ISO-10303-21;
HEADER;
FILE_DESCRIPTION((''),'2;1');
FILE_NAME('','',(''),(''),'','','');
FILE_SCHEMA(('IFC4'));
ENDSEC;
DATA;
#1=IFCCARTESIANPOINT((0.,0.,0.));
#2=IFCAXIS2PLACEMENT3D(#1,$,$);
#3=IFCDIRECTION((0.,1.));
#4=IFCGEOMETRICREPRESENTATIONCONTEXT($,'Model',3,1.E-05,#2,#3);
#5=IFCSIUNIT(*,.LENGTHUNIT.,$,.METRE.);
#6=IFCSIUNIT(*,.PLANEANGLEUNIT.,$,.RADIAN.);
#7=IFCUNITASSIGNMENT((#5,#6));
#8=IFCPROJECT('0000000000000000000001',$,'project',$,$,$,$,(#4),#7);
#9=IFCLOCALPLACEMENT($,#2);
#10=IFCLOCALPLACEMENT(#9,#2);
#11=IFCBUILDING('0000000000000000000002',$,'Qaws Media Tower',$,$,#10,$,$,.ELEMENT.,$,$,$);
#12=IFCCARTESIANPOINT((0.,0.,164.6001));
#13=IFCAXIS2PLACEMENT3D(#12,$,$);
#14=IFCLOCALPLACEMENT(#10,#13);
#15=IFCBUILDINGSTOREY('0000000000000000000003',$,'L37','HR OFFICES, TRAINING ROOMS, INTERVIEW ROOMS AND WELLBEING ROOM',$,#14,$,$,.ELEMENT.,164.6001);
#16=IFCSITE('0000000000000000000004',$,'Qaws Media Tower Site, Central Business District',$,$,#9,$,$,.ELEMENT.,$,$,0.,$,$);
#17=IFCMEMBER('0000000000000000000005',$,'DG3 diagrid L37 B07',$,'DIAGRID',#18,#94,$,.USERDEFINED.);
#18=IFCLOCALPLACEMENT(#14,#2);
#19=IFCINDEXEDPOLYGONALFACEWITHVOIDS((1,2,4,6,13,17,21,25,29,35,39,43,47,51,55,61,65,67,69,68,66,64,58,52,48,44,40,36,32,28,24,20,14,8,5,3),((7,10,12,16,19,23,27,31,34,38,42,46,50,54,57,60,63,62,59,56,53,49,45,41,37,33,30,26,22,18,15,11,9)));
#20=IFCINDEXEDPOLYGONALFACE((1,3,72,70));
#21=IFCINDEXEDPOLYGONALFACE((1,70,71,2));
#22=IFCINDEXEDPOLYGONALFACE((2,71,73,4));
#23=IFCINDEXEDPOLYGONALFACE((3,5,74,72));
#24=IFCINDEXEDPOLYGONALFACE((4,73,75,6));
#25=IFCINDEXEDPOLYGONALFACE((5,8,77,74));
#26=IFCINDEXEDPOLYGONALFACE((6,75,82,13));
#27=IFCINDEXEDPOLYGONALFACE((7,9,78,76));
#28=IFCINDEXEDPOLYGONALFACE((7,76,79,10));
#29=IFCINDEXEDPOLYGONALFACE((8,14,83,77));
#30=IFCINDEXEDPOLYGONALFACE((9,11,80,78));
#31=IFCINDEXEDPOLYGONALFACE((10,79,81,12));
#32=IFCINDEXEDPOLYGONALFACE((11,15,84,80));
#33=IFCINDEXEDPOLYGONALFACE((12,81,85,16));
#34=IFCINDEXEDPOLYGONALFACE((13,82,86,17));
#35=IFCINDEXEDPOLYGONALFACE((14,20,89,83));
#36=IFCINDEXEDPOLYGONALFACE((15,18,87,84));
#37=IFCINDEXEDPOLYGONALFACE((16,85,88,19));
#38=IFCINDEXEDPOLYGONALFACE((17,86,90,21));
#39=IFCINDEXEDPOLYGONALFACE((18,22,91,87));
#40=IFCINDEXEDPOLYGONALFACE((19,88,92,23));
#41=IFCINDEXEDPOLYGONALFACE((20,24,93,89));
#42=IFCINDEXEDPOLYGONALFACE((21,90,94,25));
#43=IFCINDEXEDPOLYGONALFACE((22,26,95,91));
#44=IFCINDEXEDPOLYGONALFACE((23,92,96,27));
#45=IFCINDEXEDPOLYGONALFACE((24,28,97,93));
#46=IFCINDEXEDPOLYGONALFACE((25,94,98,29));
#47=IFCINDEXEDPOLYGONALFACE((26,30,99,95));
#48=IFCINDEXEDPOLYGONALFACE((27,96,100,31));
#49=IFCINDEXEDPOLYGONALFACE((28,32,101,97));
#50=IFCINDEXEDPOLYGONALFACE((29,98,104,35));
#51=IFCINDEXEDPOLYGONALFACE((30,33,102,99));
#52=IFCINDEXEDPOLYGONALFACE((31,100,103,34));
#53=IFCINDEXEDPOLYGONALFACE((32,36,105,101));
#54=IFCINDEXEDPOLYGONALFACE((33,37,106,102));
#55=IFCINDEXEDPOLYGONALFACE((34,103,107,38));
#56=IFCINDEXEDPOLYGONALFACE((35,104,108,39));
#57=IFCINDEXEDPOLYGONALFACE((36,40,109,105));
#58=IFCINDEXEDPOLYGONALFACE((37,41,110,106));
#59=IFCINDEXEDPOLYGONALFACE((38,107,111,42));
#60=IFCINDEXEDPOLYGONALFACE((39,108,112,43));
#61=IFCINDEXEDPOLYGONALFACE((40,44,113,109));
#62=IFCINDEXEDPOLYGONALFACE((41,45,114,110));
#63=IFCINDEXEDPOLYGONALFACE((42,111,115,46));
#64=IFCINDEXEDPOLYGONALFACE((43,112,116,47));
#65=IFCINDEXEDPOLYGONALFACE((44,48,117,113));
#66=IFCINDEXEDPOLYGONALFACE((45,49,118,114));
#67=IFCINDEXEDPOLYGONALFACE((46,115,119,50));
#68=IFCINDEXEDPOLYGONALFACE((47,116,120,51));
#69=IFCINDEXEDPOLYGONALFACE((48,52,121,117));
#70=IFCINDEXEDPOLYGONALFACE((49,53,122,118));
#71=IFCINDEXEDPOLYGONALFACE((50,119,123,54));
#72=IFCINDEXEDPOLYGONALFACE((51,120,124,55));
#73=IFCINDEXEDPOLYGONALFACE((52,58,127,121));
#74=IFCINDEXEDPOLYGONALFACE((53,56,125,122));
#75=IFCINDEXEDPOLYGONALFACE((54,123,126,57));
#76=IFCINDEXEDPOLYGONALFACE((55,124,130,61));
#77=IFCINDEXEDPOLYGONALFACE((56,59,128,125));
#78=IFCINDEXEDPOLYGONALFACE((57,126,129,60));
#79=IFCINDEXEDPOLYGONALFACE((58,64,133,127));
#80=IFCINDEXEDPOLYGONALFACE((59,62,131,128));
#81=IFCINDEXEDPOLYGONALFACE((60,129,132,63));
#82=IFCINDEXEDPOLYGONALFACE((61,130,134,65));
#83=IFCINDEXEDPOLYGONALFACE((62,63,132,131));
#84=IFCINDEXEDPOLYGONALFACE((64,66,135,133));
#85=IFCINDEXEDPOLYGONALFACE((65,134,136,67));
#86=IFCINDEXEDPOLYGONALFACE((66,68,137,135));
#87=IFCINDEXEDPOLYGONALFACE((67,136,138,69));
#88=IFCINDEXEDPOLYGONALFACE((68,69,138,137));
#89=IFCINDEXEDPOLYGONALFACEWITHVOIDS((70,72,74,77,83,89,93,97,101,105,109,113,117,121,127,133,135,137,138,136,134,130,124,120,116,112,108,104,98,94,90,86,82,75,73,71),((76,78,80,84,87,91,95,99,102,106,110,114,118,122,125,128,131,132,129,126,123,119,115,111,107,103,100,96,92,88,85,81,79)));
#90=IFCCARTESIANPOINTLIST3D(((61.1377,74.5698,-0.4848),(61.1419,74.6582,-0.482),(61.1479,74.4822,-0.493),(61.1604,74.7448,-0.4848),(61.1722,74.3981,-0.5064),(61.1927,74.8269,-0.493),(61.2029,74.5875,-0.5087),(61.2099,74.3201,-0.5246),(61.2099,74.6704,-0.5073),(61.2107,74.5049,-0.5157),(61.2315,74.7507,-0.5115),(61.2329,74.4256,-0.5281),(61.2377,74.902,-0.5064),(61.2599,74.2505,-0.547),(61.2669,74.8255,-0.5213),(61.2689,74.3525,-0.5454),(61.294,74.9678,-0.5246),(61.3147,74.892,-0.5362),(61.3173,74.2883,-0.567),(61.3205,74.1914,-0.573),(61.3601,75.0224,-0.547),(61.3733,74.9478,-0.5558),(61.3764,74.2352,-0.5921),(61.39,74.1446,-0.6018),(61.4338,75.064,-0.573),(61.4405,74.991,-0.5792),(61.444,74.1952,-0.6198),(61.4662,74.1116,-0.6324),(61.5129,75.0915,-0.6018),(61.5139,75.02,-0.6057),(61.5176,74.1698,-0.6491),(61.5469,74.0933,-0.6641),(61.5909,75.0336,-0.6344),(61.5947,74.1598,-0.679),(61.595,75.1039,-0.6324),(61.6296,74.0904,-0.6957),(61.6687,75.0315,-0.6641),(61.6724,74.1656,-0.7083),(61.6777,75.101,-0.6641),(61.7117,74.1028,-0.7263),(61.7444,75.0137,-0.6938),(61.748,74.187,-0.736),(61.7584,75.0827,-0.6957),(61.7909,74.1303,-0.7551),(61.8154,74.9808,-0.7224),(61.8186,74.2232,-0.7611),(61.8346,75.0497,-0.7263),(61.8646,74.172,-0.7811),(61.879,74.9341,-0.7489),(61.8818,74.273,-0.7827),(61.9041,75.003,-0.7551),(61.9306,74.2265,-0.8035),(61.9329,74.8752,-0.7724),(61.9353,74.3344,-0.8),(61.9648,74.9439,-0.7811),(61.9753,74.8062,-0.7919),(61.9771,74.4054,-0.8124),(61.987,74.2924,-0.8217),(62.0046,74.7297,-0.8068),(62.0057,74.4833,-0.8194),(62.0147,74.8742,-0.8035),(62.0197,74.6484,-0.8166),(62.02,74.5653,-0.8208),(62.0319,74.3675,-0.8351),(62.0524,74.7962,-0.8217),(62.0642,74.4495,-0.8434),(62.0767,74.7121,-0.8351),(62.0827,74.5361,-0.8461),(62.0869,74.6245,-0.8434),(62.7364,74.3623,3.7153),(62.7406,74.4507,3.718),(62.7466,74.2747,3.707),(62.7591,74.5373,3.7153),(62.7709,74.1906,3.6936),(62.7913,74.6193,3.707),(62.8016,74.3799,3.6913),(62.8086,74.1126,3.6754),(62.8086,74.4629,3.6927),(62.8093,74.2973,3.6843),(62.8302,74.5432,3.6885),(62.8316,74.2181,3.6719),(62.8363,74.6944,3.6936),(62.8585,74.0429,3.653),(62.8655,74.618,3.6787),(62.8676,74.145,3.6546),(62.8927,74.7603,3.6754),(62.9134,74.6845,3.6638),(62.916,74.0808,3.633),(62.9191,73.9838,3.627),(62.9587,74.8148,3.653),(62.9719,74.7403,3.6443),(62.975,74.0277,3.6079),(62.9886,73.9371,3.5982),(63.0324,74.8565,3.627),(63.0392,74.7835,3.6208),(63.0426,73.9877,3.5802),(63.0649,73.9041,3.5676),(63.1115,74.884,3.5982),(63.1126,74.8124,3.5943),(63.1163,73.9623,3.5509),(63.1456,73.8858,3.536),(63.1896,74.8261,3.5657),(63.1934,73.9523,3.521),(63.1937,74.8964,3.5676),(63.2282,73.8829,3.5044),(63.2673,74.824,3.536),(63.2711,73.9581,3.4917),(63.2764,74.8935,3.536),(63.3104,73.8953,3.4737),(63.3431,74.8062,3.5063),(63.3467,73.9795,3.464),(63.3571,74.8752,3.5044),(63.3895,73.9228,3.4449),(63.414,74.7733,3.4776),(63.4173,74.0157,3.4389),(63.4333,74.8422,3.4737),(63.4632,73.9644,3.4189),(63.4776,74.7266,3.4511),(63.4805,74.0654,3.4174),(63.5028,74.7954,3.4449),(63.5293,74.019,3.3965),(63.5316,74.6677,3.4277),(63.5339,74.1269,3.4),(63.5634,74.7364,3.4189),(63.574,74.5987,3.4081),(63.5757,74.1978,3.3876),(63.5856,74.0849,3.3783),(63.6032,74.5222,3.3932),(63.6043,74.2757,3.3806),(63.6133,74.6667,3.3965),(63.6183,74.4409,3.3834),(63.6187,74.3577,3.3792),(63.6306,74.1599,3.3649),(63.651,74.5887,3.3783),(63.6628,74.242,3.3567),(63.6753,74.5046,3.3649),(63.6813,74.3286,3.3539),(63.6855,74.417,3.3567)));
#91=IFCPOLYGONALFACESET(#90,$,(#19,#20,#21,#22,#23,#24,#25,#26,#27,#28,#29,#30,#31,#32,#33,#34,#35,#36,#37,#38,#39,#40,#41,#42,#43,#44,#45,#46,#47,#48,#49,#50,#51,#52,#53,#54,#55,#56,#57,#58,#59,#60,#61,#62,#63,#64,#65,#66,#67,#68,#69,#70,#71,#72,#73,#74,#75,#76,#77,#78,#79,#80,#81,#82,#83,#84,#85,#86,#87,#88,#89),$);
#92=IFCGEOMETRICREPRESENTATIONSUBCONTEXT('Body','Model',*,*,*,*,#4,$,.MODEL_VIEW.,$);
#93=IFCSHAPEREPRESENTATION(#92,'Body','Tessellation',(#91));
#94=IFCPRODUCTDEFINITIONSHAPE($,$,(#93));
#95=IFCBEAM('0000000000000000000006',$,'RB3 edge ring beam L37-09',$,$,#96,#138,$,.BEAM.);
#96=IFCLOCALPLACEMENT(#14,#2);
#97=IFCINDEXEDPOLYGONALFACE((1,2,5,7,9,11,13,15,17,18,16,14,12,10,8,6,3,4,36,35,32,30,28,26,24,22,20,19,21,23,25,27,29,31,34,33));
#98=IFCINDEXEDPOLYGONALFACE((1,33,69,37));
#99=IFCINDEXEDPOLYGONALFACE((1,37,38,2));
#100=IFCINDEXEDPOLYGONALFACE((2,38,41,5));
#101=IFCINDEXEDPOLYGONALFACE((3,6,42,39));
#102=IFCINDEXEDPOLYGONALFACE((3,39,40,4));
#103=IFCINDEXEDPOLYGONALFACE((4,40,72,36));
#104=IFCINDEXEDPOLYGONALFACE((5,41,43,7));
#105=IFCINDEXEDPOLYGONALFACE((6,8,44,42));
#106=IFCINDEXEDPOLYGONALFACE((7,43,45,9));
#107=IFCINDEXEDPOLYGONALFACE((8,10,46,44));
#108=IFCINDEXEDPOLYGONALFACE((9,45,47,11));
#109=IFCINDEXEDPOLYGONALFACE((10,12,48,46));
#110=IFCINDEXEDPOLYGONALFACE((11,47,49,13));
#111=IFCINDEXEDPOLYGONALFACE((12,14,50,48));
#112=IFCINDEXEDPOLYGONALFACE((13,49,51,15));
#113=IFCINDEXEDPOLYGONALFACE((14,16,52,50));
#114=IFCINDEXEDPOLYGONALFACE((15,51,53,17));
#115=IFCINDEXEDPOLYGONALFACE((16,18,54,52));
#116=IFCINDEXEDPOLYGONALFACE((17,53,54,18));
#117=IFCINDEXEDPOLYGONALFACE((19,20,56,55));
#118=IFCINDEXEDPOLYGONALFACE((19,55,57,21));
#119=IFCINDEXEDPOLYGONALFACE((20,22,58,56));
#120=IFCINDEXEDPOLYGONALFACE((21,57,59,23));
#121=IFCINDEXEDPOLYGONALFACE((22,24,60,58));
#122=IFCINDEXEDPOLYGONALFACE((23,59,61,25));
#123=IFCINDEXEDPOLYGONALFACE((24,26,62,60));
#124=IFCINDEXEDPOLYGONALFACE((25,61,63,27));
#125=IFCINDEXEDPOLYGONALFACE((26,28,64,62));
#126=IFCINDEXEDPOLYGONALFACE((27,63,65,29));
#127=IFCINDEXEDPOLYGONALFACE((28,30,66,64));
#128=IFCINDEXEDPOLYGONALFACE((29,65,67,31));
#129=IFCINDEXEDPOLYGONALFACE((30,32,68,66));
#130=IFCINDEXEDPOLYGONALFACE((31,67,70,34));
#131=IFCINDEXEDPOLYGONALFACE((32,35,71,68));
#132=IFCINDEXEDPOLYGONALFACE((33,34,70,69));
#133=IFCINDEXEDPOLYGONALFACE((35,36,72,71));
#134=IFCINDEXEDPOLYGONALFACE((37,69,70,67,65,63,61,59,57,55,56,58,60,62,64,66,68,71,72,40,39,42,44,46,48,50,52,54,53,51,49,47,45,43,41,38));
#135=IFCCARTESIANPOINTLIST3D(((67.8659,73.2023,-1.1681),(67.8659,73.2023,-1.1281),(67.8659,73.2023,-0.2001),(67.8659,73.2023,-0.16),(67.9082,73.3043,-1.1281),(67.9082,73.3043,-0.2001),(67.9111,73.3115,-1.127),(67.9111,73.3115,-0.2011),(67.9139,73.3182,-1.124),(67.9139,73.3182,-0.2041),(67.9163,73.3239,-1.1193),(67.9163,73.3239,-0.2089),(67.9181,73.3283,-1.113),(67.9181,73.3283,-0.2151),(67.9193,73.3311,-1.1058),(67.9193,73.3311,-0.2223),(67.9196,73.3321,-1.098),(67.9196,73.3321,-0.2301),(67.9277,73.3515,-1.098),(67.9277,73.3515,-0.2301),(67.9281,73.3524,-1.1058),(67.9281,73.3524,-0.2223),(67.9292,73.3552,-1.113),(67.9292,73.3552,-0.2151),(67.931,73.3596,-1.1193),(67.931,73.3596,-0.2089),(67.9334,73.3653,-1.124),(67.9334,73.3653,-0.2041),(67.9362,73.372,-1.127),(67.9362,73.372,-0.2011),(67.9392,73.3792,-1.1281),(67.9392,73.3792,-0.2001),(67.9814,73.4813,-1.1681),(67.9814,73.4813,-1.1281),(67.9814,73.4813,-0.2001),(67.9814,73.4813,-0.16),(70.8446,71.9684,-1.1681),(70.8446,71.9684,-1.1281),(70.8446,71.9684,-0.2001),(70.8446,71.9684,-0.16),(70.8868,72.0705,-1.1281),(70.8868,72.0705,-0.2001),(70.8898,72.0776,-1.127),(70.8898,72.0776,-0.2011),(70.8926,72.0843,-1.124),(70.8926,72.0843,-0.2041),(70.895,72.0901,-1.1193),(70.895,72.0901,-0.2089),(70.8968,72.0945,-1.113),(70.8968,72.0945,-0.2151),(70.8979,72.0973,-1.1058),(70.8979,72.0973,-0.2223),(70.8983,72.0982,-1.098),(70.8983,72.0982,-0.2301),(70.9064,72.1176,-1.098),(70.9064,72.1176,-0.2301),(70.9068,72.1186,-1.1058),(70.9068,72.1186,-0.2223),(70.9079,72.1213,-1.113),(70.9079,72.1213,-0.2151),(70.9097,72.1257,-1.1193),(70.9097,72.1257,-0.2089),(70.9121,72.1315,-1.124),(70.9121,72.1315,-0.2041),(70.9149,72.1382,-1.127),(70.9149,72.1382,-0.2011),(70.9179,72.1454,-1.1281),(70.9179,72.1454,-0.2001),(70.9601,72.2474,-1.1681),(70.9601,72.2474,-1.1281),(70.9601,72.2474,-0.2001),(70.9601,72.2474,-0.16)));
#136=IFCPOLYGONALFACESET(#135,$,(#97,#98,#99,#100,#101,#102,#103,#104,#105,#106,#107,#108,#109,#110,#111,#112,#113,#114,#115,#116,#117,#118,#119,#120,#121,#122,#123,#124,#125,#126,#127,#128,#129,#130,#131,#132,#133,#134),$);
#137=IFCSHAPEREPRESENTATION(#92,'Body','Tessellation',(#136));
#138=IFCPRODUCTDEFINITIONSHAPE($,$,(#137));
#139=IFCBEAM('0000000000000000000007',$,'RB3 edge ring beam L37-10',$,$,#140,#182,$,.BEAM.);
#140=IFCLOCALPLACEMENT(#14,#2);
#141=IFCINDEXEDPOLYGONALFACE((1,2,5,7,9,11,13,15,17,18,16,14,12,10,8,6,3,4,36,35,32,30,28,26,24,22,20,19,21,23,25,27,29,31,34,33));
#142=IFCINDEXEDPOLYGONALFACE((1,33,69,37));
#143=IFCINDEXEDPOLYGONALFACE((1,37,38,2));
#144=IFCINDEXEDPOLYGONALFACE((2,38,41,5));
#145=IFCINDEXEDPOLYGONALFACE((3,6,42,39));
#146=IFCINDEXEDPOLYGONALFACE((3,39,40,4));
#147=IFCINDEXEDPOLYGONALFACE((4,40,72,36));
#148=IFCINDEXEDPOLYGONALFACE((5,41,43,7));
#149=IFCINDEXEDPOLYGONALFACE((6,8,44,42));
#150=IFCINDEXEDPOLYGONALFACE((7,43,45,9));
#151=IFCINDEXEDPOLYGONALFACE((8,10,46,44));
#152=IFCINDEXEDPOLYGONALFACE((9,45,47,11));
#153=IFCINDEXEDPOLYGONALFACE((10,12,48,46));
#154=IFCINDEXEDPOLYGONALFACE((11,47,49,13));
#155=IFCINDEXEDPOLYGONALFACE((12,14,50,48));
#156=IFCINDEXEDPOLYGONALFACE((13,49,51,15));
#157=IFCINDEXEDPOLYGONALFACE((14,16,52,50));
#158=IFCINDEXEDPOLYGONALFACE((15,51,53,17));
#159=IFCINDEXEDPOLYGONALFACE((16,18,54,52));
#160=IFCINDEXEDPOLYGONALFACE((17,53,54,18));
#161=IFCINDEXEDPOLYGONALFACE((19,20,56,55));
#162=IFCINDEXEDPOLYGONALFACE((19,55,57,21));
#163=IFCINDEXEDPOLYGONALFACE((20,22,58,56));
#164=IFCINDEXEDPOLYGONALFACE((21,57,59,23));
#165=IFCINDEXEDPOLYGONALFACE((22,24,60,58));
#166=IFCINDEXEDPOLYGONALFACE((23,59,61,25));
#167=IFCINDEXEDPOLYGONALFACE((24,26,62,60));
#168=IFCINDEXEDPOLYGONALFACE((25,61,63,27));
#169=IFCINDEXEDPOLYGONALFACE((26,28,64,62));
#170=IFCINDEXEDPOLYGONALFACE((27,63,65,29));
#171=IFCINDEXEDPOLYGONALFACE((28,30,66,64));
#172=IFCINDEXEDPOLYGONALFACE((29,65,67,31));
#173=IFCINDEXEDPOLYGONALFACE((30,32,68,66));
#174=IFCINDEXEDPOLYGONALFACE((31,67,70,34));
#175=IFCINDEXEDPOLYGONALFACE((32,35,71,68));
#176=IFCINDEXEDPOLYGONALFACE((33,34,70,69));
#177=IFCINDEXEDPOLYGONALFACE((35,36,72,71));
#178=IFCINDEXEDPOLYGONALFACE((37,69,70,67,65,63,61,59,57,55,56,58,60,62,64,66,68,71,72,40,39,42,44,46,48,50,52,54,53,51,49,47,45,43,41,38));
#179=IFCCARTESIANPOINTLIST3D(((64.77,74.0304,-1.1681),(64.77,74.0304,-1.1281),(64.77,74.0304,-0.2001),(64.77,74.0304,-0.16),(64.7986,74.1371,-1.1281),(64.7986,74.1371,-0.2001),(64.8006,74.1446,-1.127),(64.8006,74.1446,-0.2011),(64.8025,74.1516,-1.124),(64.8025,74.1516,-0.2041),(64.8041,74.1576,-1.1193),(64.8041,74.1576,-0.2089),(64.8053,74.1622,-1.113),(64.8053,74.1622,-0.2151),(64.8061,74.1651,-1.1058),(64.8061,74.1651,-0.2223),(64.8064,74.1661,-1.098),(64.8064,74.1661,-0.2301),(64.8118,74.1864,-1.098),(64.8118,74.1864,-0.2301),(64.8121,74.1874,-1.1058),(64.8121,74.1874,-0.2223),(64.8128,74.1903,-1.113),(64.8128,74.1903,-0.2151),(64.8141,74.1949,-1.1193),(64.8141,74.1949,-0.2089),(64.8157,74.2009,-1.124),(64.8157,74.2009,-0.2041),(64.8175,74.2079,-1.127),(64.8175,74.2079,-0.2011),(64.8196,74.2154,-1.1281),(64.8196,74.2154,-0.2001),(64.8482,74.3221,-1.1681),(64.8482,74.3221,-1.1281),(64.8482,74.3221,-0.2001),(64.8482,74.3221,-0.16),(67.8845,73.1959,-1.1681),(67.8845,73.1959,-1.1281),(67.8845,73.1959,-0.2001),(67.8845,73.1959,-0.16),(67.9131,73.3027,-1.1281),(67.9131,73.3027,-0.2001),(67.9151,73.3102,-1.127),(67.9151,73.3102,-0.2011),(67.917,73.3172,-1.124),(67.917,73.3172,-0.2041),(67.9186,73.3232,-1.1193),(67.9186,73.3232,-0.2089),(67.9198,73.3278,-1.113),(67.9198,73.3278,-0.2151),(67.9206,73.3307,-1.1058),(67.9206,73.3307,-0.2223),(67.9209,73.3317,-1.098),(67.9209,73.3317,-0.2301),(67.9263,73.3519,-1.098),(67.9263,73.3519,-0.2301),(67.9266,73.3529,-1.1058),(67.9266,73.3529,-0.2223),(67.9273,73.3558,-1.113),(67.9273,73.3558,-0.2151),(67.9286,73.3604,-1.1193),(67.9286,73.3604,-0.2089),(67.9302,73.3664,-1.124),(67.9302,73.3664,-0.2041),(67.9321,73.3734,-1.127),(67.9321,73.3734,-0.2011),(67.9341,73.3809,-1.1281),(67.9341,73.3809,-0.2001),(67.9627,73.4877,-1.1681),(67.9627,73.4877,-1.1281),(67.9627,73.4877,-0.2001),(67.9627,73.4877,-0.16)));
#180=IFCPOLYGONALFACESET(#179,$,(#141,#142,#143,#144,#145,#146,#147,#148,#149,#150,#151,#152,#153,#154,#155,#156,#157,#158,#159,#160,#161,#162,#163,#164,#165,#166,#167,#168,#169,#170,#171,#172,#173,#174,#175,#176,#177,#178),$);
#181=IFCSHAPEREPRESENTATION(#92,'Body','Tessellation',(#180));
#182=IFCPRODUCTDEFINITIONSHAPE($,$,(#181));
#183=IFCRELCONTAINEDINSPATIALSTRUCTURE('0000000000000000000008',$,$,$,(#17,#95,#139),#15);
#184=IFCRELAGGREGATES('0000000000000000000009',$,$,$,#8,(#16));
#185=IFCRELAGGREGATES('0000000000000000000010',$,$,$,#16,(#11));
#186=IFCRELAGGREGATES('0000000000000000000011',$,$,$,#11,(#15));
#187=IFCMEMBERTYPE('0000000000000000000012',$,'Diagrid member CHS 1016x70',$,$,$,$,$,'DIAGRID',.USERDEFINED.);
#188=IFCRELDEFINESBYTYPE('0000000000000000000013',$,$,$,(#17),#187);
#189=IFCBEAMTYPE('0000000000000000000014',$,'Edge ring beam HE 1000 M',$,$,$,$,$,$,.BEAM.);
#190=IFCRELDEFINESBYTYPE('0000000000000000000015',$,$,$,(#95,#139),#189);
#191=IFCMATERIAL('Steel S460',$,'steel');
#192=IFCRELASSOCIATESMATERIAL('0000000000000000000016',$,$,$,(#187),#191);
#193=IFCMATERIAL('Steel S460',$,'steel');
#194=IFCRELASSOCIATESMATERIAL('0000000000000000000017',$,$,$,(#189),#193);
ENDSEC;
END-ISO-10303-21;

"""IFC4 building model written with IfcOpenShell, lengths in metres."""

from ifc_helpers import new_model, si_unit, direction, frame, origin, origin_2d, place, context, subcontext, project, spatial, hollow_circle, i_section, extrude, material, material_profile, profile_set, type_object, element, save


model = new_model("IFC4")

# Units and contexts
model_context = context("Model", 3, precision=1e-05, world=origin(), true_north=direction((0.0, 1.0)))
body_context = subcontext(model_context, "Body", "Model", "MODEL_VIEW")
ifc_project = project(units=[si_unit("LENGTHUNIT", "METRE"), si_unit("PLANEANGLEUNIT", "RADIAN")], contexts=[model_context])

# Site, building, storey
site_placement = place(None, origin())
site = spatial("IfcSite", under=ifc_project, at=site_placement, Name="Qaws Media Tower Site, Central Business District", CompositionType="ELEMENT", RefElevation=0.0)
building_placement = place(site_placement, origin())
building = spatial("IfcBuilding", under=site, at=building_placement, Name="Qaws Media Tower", CompositionType="ELEMENT")
storey_placement = place(building_placement, frame((0.0, 0.0, 164.6001)))
storey = spatial("IfcBuildingStorey", under=building, at=storey_placement, Name="L37", Description="HR OFFICES, TRAINING ROOMS, INTERVIEW ROOMS AND WELLBEING ROOM", CompositionType="ELEMENT", Elevation=164.6001)

# Member
ifc_material_1 = material(Name="Steel S460", Category="steel")
ifc_material_profile_1 = material_profile(ifc_material_1, hollow_circle(Radius=0.5081, WallThickness=0.0701, at=origin_2d()), Name="CHS 1016x70")
ifc_profile_set_1 = profile_set([ifc_material_profile_1], Name="Steel S460")
member_type_1 = type_object("IfcMemberType", Name="Diagrid member CHS 1016x70", ElementType="DIAGRID", PredefinedType="USERDEFINED", material=ifc_profile_set_1)
for number, where, z_axis, x_axis, name in (
    (1, (61.6123, 74.5972, -0.6641), (0.355355, -0.046129, 0.933593), (0.128731, 0.99168, 0.0), "DG3 diagrid L37 B07"),
):
    element("IfcMember", number, at=place(storey_placement, frame(where, z_axis=z_axis, x_axis=x_axis)), inside=storey, type_object=member_type_1, Name=name, ObjectType="DIAGRID", PredefinedType="USERDEFINED", context=body_context, shape_type="SweptSolid", body=[
        extrude(hollow_circle(Radius=0.5081, WallThickness=0.0701, at=origin_2d()), origin(), (0.0, 0.0, 1.0), 4.4988),
    ])

# Beams
ifc_material_2 = material(Name="Steel S460", Category="steel")
ifc_material_profile_2 = material_profile(ifc_material_2, i_section(OverallWidth=0.302, OverallDepth=1.0081, WebThickness=0.021, FlangeThickness=0.04, FilletRadius=0.03, at=origin_2d()), Name="HE 1000 M")
ifc_profile_set_2 = profile_set([ifc_material_profile_2], Name="Steel S460")
beam_type = type_object("IfcBeamType", Name="Edge ring beam HE 1000 M", PredefinedType="BEAM", material=ifc_profile_set_2)
beam_1_placement = place(storey_placement, frame((70.9023, 72.1079, -0.6641), z_axis=(-0.923875, 0.382695, 0.0), x_axis=(-0.382695, -0.923875, 0.0)))
element("IfcBeam", 2, at=beam_1_placement, inside=storey, type_object=beam_type, Name="RB3 edge ring beam L37-09", PredefinedType="BEAM", context=body_context, shape_type="SweptSolid", body=[
    extrude(i_section(OverallWidth=0.302, OverallDepth=1.0081, WebThickness=0.021, FlangeThickness=0.04, FilletRadius=0.03, at=origin_2d()), origin(), (0.0, 0.0, 1.0), 3.2241),
])
for number, where, z_axis, x_axis, name in (
    (3, (67.9236, 73.3418, -0.6641), (-0.96593, 0.258803, 0.0), (-0.258803, -0.96593, 0.0), "RB3 edge ring beam L37-10"),
):
    element("IfcBeam", number, at=place(storey_placement, frame(where, z_axis=z_axis, x_axis=x_axis)), inside=storey, type_object=beam_type, Name=name, PredefinedType="BEAM", context=body_context, shape_type="SweptSolid", body=[
        extrude(i_section(OverallWidth=0.302, OverallDepth=1.0081, WebThickness=0.021, FlangeThickness=0.04, FilletRadius=0.03, at=origin_2d()), origin(), (0.0, 0.0, 1.0), 3.2244),
    ])

save(model, "model.ifc")
